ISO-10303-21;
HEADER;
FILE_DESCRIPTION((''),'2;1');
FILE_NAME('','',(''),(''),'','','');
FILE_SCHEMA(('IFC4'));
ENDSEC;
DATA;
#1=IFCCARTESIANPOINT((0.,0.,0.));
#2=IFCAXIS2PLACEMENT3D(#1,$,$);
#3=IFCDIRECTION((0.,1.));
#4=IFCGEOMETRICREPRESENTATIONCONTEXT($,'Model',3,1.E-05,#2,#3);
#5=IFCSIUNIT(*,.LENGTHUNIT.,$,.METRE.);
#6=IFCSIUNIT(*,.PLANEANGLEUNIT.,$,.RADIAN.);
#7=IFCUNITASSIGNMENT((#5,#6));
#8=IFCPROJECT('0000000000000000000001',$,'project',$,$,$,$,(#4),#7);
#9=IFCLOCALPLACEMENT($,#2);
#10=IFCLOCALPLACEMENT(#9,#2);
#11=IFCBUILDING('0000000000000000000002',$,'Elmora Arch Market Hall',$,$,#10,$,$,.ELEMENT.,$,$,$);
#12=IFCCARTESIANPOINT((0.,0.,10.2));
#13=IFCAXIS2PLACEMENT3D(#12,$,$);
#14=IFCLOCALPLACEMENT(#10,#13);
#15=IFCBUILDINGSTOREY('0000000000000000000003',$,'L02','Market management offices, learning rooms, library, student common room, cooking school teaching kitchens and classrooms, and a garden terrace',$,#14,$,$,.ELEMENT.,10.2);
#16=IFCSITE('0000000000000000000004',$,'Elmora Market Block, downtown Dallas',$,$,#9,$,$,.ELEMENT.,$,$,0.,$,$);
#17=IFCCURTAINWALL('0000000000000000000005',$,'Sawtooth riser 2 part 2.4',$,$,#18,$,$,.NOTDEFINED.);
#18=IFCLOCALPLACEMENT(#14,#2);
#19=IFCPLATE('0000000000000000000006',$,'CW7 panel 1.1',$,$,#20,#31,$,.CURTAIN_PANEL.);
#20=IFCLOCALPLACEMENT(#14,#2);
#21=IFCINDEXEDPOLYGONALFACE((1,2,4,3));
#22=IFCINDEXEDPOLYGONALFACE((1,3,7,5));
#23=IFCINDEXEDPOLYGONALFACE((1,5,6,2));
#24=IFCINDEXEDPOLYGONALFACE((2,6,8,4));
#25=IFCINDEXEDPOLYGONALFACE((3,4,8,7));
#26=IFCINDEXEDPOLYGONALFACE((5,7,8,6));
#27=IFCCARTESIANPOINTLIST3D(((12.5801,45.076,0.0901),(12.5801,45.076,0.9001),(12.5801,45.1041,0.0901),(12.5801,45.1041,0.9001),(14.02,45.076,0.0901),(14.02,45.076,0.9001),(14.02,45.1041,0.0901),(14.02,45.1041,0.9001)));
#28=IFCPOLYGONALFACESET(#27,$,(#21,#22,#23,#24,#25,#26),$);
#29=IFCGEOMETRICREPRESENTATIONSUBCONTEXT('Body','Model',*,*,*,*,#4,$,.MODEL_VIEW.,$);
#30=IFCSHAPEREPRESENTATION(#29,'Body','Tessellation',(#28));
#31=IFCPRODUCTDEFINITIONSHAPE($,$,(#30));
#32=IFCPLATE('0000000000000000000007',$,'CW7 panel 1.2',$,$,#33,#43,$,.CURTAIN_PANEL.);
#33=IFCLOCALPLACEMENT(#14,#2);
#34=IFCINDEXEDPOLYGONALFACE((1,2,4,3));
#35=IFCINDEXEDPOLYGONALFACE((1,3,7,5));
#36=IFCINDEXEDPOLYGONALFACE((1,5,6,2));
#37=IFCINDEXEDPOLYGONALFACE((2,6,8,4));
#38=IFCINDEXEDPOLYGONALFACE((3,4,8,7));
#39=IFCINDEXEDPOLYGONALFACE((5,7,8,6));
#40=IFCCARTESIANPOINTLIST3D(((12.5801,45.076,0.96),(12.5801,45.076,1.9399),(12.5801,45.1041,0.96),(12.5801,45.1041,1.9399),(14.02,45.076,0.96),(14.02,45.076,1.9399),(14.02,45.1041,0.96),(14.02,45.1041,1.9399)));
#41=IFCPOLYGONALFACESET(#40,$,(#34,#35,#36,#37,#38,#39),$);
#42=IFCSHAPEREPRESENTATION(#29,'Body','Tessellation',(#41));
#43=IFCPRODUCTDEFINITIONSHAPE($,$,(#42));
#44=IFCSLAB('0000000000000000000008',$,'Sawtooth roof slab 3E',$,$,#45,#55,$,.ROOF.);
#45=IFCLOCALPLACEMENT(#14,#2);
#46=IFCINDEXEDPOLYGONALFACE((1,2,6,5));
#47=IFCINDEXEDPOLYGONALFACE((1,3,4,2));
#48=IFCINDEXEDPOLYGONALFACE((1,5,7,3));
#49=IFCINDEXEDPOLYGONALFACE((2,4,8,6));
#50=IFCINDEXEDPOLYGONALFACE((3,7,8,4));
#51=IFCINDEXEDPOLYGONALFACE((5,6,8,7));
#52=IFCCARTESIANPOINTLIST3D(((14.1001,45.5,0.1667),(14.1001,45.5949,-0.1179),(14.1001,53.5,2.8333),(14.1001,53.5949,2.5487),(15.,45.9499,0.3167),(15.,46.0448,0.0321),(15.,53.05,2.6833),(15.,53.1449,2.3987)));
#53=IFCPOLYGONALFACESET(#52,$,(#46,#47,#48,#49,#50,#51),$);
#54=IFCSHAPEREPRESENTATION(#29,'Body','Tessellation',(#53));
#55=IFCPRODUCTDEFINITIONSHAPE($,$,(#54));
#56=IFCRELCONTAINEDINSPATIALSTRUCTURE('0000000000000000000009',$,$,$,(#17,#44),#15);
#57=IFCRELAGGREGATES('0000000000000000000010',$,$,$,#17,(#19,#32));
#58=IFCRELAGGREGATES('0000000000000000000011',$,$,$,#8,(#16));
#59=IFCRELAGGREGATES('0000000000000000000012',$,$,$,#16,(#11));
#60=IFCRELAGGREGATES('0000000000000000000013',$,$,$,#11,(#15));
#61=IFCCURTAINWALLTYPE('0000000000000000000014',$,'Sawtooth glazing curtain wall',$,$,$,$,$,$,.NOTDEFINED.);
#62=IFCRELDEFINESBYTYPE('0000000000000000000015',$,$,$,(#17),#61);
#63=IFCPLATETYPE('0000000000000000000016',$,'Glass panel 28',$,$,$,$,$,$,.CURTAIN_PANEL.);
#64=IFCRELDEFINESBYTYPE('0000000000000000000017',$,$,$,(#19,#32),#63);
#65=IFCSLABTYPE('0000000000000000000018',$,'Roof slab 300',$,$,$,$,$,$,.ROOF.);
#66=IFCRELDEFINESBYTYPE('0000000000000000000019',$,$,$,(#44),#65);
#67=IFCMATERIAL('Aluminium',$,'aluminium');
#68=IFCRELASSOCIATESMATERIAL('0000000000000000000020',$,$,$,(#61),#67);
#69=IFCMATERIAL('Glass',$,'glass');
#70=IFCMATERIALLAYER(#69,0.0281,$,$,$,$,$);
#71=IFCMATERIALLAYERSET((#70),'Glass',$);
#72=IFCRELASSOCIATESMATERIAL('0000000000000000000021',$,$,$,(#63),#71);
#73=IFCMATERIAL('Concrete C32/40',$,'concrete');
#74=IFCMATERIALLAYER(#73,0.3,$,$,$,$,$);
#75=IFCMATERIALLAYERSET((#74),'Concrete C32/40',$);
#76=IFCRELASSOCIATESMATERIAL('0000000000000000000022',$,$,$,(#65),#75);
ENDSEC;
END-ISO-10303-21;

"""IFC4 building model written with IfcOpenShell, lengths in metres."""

from ifc_helpers import new_model, si_unit, direction, frame, origin, origin_2d, place, context, subcontext, project, spatial, polyline, rectangle, outline, extrude, material, layer, layer_set, type_object, element, aggregate, save


model = new_model("IFC4")

# Units and contexts
model_context = context("Model", 3, precision=1e-05, world=origin(), true_north=direction((0.0, 1.0)))
body_context = subcontext(model_context, "Body", "Model", "MODEL_VIEW")
ifc_project = project(units=[si_unit("LENGTHUNIT", "METRE"), si_unit("PLANEANGLEUNIT", "RADIAN")], contexts=[model_context])

# Site, building, storey
site_placement = place(None, origin())
site = spatial("IfcSite", under=ifc_project, at=site_placement, Name="Elmora Market Block, downtown Dallas", CompositionType="ELEMENT", RefElevation=0.0)
building_placement = place(site_placement, origin())
building = spatial("IfcBuilding", under=site, at=building_placement, Name="Elmora Arch Market Hall", CompositionType="ELEMENT")
storey_placement = place(building_placement, frame((0.0, 0.0, 10.2)))
storey = spatial("IfcBuildingStorey", under=building, at=storey_placement, Name="L02", Description="Market management offices, learning rooms, library, student common room, cooking school teaching kitchens and classrooms, and a garden terrace", CompositionType="ELEMENT", Elevation=10.2)

# Shared definitions
ifc_material_1 = material(Name="Aluminium", Category="aluminium")
curtain_wall_type = type_object("IfcCurtainWallType", Name="Sawtooth glazing curtain wall", PredefinedType="NOTDEFINED", material=ifc_material_1)

# Curtain wall
curtain_wall_1_placement = place(storey_placement, origin())
curtain_wall_1 = element("IfcCurtainWall", 1, at=curtain_wall_1_placement, inside=storey, type_object=curtain_wall_type, Name="Sawtooth riser 2 part 2.4", PredefinedType="NOTDEFINED")

# Plates
ifc_material_2 = material(Name="Glass", Category="glass")
ifc_layer_1 = layer(ifc_material_2, 0.0281)
ifc_layer_set_1 = layer_set([ifc_layer_1], Name="Glass")
plate_type = type_object("IfcPlateType", Name="Glass panel 28", PredefinedType="CURTAIN_PANEL", material=ifc_layer_set_1)
plate_1_placement = place(storey_placement, frame((13.3, 45.0901, 0.0901), z_axis=(0.0, 0.0, 1.0), x_axis=(1.0, 0.0, 0.0)))
plate_1 = element("IfcPlate", 2, at=plate_1_placement, type_object=plate_type, Name="CW7 panel 1.1", PredefinedType="CURTAIN_PANEL", context=body_context, shape_type="SweptSolid", body=[
    extrude(rectangle(XDim=1.4399, YDim=0.0281, at=origin_2d()), origin(), (0.0, 0.0, 1.0), 0.8101),
])
plate_2_placement = place(storey_placement, frame((13.3, 45.0901, 0.96), z_axis=(0.0, 0.0, 1.0), x_axis=(1.0, 0.0, 0.0)))
plate_2 = element("IfcPlate", 3, at=plate_2_placement, type_object=plate_type, Name="CW7 panel 1.2", PredefinedType="CURTAIN_PANEL", context=body_context, shape_type="SweptSolid", body=[
    extrude(rectangle(XDim=1.4399, YDim=0.0281, at=origin_2d()), origin(), (0.0, 0.0, 1.0), 0.98),
])
aggregate(curtain_wall_1, [plate_1, plate_2])

# Slab
ifc_material_3 = material(Name="Concrete C32/40", Category="concrete")
ifc_layer_2 = layer(ifc_material_3, 0.3)
ifc_layer_set_2 = layer_set([ifc_layer_2], Name="Concrete C32/40")
slab_type = type_object("IfcSlabType", Name="Roof slab 300", PredefinedType="ROOF", material=ifc_layer_set_2)
slab_placement = place(storey_placement, frame((14.1001, 45.5, 0.1667), z_axis=(0.0, -0.316219, 0.948686), x_axis=(0.884662, 0.442309, 0.147431)))
element("IfcSlab", 4, at=slab_placement, inside=storey, type_object=slab_type, Name="Sawtooth roof slab 3E", PredefinedType="ROOF", context=body_context, shape_type="SweptSolid", body=[
    extrude(outline(polyline([(0.0, 0.0), (1.0172, 0.0), (4.5066, 6.621), (3.9316, 7.4601), (0.0, 0.0)])), origin(), (0.0, 0.0, -1.0), 0.3),
])

save(model, "model.ifc")
